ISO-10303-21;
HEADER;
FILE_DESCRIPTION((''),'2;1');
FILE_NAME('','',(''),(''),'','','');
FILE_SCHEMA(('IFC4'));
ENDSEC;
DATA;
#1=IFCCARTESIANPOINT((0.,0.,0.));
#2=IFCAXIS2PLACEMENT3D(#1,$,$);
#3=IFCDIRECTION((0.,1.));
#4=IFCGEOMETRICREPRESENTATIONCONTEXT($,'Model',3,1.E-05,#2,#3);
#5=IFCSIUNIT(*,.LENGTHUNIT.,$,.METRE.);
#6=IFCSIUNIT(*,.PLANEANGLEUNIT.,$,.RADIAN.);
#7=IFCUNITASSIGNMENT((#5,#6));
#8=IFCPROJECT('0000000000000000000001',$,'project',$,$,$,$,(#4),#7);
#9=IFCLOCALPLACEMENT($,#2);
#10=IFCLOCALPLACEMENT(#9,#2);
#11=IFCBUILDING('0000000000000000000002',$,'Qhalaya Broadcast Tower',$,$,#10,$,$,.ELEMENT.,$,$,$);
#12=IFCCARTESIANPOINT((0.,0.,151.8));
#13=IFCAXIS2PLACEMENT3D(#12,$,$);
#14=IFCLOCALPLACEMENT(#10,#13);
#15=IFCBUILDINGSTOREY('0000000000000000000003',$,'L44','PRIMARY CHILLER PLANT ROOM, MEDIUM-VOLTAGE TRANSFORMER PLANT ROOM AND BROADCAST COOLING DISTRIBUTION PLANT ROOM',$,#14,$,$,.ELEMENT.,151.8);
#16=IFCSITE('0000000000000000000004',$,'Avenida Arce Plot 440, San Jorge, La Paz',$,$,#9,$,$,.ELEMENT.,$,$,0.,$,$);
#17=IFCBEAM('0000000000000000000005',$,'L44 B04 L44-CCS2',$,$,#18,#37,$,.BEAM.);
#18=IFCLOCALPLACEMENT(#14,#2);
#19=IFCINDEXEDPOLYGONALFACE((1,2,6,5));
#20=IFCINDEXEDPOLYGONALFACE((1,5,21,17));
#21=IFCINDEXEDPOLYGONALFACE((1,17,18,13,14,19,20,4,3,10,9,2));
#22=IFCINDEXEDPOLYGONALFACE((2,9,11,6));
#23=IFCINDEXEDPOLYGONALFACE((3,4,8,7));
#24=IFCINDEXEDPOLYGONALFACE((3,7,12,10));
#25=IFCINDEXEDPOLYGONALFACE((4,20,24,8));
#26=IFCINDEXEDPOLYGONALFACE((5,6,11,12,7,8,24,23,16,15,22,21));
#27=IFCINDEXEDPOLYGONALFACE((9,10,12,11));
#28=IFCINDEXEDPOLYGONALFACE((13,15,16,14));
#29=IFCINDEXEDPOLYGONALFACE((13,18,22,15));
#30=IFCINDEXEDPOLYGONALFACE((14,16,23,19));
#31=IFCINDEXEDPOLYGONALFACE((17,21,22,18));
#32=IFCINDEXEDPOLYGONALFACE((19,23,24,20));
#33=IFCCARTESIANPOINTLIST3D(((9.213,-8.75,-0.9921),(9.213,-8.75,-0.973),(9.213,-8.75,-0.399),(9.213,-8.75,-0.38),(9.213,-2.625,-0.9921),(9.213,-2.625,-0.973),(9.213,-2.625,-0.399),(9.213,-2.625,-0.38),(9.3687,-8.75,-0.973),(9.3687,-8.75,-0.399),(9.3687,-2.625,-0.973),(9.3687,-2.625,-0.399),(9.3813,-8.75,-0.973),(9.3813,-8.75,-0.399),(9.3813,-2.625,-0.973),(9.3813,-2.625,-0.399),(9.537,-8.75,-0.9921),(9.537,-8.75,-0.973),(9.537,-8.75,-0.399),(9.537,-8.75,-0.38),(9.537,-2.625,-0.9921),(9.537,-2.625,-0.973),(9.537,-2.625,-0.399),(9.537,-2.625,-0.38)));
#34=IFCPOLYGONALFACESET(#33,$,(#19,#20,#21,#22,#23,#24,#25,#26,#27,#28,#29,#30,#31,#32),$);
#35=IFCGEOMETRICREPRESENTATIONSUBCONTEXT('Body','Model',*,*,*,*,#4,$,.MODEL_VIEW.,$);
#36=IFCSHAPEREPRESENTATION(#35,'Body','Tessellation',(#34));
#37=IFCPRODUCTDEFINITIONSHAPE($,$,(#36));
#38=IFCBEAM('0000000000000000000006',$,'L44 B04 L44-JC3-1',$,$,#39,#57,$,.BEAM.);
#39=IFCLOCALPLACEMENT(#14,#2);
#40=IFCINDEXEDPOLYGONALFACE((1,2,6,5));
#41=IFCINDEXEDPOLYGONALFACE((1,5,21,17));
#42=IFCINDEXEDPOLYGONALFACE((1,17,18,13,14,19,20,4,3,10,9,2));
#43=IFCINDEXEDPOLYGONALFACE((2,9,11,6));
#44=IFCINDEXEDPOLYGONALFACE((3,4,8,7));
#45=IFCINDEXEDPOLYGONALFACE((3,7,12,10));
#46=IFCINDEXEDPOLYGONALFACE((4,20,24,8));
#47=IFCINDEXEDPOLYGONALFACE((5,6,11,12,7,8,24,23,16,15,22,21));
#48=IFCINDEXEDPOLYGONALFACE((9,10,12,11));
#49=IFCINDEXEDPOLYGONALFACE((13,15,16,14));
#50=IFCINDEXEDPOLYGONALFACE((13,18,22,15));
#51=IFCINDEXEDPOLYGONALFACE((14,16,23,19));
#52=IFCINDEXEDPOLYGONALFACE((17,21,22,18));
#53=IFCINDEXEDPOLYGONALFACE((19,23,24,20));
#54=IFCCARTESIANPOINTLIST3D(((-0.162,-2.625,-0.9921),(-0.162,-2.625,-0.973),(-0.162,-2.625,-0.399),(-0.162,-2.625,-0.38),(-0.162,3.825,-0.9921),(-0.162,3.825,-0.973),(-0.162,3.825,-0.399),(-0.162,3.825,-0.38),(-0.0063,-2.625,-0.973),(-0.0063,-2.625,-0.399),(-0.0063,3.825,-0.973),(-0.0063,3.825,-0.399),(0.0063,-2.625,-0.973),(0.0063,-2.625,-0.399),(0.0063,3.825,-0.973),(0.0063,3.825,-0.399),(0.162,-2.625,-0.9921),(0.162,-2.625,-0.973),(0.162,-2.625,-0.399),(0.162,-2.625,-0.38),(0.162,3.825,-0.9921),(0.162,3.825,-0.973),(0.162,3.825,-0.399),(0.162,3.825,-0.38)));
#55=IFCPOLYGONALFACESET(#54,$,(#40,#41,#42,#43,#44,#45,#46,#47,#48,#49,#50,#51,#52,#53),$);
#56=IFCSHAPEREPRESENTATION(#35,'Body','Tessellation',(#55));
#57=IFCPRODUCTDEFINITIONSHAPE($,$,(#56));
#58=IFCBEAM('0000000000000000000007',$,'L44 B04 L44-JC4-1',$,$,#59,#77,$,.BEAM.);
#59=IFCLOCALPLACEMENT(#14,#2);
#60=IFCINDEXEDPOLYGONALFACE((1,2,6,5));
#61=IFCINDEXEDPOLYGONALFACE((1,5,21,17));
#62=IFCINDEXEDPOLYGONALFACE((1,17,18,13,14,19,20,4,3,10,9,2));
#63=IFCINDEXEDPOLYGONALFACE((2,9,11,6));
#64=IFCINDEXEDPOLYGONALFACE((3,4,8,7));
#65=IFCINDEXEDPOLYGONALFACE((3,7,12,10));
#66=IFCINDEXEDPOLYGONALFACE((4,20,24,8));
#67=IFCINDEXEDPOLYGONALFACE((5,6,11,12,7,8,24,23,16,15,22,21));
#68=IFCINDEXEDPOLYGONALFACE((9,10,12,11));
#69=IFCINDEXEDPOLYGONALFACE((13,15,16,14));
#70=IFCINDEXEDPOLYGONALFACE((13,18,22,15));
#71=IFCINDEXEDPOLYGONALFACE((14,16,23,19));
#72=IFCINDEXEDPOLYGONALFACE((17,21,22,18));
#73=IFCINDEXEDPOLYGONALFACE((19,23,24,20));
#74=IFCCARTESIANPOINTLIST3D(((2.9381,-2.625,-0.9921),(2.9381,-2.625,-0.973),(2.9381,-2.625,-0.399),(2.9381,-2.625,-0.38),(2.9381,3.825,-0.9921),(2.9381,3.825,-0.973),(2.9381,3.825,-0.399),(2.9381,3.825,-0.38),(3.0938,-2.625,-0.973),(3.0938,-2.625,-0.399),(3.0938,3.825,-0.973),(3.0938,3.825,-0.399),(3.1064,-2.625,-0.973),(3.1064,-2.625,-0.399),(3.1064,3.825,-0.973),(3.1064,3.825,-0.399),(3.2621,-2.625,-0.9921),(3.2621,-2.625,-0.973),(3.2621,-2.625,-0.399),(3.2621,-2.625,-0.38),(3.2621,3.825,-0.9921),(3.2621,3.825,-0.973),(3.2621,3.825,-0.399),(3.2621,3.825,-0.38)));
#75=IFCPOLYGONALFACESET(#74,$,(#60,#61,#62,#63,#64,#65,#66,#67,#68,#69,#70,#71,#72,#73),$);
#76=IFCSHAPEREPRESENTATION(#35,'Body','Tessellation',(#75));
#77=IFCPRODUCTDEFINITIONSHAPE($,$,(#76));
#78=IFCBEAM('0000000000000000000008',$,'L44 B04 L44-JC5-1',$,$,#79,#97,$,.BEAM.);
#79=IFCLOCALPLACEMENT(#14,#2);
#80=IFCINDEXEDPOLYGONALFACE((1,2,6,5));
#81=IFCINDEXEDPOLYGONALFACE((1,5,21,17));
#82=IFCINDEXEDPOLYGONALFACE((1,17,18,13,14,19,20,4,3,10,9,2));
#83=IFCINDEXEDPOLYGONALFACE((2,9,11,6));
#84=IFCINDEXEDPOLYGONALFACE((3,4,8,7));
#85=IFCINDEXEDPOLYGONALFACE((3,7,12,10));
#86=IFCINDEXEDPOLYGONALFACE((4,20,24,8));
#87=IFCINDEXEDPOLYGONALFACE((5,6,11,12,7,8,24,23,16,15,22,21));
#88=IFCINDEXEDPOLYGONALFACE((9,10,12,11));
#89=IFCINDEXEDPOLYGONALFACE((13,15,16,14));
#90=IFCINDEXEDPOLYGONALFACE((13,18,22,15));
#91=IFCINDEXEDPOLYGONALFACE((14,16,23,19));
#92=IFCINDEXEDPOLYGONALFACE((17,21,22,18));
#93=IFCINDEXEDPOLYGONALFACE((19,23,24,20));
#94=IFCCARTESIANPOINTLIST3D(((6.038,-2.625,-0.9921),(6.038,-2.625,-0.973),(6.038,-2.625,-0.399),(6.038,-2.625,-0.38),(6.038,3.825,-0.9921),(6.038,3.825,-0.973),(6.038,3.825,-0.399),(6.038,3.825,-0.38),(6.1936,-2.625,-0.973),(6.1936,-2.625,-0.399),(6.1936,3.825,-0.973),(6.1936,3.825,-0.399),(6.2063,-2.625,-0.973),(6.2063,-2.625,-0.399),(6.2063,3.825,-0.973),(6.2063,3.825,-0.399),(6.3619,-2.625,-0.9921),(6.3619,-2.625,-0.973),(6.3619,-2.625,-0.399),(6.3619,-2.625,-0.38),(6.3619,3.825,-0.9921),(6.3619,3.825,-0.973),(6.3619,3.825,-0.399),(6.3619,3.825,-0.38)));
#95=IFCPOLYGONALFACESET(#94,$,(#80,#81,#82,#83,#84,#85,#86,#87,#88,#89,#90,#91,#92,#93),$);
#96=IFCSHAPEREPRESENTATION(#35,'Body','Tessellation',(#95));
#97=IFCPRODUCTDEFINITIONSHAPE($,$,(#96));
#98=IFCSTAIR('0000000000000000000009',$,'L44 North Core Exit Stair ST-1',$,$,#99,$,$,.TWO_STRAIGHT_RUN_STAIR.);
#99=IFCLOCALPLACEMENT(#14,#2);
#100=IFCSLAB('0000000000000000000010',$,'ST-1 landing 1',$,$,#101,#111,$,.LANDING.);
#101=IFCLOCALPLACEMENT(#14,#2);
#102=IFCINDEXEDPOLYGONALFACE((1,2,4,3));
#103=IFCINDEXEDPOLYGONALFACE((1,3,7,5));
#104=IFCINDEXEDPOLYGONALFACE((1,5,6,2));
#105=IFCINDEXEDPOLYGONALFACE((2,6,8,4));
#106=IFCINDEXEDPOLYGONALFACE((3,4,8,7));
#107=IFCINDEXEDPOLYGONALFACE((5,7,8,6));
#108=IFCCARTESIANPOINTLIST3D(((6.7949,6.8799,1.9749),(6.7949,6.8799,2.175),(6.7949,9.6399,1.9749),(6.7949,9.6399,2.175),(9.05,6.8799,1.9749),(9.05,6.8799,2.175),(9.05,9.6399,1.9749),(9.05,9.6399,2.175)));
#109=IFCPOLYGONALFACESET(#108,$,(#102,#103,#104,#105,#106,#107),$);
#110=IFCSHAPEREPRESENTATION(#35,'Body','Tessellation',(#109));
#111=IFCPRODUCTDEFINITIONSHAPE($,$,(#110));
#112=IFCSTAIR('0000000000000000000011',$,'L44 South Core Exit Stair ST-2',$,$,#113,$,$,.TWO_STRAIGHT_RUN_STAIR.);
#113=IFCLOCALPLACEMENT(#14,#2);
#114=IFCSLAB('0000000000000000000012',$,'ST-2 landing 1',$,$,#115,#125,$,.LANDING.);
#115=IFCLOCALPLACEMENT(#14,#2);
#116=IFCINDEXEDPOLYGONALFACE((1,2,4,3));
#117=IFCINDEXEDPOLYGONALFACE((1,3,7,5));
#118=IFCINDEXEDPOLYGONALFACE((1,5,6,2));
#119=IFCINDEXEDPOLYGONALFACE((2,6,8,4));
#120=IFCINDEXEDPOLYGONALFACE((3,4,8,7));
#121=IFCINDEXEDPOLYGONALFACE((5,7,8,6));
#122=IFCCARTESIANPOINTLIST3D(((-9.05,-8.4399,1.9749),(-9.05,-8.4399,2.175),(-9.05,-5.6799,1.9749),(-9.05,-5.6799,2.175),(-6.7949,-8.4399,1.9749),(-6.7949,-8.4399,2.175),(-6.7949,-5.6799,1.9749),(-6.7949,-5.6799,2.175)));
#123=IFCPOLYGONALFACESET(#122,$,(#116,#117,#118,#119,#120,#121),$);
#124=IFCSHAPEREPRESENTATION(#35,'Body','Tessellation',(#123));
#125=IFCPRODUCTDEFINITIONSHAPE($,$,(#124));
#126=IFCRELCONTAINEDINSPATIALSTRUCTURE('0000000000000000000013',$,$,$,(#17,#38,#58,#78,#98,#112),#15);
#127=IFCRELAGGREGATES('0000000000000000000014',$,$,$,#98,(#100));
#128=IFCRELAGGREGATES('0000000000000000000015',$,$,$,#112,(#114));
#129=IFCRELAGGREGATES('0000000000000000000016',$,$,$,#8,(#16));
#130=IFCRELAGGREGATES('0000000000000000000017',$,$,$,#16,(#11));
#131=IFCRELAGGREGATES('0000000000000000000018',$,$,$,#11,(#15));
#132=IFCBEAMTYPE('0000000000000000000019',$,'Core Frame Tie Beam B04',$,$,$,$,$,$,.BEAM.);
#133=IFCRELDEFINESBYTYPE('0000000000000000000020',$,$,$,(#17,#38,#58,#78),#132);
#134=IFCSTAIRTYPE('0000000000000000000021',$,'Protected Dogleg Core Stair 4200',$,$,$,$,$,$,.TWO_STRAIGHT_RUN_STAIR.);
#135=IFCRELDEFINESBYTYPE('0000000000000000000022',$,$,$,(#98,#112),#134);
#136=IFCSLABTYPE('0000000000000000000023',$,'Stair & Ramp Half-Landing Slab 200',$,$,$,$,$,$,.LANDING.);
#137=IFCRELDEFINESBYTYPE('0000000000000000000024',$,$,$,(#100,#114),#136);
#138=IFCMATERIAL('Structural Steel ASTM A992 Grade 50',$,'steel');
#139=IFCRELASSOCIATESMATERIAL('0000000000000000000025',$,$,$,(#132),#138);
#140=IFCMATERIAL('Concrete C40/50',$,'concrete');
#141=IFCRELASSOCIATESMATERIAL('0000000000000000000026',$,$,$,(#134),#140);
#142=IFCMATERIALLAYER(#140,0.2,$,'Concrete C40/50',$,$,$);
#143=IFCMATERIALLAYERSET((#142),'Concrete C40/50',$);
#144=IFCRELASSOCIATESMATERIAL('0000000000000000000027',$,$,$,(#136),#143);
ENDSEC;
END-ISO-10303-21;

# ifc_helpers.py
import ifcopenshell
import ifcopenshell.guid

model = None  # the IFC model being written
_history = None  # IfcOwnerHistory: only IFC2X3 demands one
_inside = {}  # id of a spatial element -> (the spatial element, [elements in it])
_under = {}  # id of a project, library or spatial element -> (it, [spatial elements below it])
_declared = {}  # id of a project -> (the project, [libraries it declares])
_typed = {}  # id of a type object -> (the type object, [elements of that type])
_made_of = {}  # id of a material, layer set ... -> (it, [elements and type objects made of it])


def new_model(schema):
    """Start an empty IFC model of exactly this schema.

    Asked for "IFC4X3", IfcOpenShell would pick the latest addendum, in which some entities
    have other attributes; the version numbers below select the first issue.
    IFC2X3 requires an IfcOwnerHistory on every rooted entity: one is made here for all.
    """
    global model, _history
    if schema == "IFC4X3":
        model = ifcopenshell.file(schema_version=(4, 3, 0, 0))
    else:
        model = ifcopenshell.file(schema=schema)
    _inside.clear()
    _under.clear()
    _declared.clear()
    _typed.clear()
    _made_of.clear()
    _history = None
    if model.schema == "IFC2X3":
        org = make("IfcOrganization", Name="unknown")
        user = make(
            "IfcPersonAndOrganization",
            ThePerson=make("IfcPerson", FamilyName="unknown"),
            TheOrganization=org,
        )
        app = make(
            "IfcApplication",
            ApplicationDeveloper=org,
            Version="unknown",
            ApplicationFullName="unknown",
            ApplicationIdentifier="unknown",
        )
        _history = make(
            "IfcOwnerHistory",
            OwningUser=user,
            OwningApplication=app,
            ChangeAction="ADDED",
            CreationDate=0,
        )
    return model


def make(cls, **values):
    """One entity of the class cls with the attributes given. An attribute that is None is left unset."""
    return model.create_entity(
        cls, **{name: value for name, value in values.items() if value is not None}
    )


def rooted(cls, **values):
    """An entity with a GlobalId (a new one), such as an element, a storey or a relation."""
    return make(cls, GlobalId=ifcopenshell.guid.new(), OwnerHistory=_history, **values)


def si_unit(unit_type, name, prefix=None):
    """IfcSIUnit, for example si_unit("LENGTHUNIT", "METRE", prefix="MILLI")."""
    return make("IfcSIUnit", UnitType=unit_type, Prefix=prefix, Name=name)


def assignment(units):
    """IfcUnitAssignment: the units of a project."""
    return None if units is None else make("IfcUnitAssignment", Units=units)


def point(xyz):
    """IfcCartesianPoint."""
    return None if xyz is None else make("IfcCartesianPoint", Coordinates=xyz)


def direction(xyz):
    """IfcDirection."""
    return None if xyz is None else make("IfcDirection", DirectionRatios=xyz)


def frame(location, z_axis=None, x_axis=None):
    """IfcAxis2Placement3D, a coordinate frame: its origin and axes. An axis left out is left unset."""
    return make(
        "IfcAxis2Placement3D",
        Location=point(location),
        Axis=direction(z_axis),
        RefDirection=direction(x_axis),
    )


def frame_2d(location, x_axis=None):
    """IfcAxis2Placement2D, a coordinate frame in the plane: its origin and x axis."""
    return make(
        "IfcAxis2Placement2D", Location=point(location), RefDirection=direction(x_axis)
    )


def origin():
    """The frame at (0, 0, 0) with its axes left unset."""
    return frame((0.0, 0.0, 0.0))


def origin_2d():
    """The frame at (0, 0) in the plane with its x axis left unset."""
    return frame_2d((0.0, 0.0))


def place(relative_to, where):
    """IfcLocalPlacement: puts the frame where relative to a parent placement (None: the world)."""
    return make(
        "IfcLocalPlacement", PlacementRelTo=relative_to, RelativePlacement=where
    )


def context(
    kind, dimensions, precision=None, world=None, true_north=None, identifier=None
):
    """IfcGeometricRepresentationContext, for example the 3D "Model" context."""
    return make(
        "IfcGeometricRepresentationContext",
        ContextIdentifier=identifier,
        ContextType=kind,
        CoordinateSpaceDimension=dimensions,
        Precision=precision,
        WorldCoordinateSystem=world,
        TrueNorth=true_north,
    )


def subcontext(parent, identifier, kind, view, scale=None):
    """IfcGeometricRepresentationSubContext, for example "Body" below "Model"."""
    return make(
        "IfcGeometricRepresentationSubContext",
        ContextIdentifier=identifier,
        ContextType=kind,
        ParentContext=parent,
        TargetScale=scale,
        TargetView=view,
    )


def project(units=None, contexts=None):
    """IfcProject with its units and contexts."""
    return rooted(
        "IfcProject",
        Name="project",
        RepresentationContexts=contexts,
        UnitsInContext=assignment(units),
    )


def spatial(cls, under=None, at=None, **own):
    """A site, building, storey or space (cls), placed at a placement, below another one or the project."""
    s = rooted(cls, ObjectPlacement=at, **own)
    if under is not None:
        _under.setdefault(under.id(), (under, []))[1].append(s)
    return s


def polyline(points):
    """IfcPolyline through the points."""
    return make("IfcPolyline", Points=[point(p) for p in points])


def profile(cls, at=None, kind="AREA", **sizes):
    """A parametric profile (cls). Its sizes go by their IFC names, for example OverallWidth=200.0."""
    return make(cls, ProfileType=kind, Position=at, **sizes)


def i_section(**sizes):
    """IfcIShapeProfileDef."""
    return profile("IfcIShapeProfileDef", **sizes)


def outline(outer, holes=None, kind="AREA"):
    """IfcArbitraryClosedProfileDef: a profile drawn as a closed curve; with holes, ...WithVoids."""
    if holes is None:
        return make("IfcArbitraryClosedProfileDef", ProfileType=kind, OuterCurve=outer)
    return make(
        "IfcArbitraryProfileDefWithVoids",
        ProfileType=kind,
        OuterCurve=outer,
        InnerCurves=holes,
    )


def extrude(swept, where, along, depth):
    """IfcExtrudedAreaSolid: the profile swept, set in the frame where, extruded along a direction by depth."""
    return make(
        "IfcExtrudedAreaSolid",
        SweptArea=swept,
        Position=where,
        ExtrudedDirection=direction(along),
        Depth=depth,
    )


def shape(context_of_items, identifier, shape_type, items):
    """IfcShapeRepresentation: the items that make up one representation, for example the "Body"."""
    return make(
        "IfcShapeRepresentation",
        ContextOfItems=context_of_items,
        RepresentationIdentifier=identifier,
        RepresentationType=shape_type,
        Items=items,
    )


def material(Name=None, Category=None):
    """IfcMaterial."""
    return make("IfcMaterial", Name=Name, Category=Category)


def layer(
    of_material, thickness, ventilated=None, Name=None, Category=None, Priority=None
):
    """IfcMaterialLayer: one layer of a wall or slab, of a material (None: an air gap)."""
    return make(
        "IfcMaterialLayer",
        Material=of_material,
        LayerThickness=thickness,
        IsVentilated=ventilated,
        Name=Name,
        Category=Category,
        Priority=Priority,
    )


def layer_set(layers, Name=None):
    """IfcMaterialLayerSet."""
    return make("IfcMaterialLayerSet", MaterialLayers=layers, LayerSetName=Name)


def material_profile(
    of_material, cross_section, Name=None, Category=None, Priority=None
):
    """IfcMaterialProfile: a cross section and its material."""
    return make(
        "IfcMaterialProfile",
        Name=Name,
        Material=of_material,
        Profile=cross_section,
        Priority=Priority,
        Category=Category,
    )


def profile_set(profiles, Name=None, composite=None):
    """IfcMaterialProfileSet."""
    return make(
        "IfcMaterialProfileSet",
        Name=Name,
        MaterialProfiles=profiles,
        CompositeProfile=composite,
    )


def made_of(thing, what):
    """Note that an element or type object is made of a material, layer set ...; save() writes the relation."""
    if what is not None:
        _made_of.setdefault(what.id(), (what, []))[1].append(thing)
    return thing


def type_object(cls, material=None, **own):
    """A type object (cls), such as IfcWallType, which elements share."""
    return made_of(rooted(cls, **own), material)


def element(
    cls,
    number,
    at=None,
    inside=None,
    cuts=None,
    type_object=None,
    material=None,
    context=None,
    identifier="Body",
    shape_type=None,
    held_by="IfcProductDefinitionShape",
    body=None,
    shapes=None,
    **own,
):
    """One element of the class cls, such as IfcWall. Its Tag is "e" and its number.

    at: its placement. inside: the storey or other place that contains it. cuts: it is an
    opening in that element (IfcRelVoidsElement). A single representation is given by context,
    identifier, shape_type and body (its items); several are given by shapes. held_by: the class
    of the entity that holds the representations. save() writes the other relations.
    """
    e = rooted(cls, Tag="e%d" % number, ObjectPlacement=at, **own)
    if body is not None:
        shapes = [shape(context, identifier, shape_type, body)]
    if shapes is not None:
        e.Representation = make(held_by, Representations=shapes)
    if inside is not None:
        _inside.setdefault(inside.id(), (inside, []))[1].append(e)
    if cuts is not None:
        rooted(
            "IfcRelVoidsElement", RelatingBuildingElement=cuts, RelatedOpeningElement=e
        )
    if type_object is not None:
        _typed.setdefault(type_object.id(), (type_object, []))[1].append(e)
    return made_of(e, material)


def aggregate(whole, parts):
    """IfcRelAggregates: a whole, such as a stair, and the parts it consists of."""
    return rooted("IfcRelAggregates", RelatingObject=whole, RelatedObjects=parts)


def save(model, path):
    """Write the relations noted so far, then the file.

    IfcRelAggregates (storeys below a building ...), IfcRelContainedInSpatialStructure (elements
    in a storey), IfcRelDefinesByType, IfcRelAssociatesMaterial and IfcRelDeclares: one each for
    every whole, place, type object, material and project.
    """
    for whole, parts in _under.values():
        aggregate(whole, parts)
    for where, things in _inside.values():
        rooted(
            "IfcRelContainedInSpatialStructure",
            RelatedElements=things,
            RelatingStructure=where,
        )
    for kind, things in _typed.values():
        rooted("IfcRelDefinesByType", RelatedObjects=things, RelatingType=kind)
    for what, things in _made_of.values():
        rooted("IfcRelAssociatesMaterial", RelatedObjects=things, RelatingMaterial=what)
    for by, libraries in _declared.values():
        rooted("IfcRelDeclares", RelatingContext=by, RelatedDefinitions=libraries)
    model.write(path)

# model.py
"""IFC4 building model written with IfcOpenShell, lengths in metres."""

from ifc_helpers import new_model, si_unit, direction, frame, origin, origin_2d, place, context, subcontext, project, spatial, polyline, i_section, outline, extrude, material, layer, layer_set, material_profile, profile_set, type_object, element, aggregate, save


model = new_model("IFC4")

# Units and contexts
model_context = context("Model", 3, precision=1e-05, world=origin(), true_north=direction((0.0, 1.0)))
body_context = subcontext(model_context, "Body", "Model", "MODEL_VIEW")
ifc_project = project(units=[si_unit("LENGTHUNIT", "METRE"), si_unit("PLANEANGLEUNIT", "RADIAN")], contexts=[model_context])

# Site, building, storey
site_placement = place(None, origin())
site = spatial("IfcSite", under=ifc_project, at=site_placement, Name="Avenida Arce Plot 440, San Jorge, La Paz", CompositionType="ELEMENT", RefElevation=0.0)
building_placement = place(site_placement, origin())
building = spatial("IfcBuilding", under=site, at=building_placement, Name="Qhalaya Broadcast Tower", CompositionType="ELEMENT")
storey_placement = place(building_placement, frame((0.0, 0.0, 151.8)))
storey = spatial("IfcBuildingStorey", under=building, at=storey_placement, Name="L44", Description="PRIMARY CHILLER PLANT ROOM, MEDIUM-VOLTAGE TRANSFORMER PLANT ROOM AND BROADCAST COOLING DISTRIBUTION PLANT ROOM", CompositionType="ELEMENT", Elevation=151.8)

# Beams
ifc_material_1 = material(Name="Structural Steel ASTM A992 Grade 50", Category="steel")
ifc_material_profile = material_profile(ifc_material_1, i_section(OverallWidth=0.324, OverallDepth=0.6121, WebThickness=0.0127, FlangeThickness=0.019, at=origin_2d()), Name="W24X104")
ifc_profile_set = profile_set([ifc_material_profile], Name="Structural Steel ASTM A992 Grade 50")
beam_type = type_object("IfcBeamType", Name="Core Frame Tie Beam B04", PredefinedType="BEAM", material=ifc_profile_set)
beam_placement = place(storey_placement, frame((9.375, -8.75, -0.686), z_axis=(0.0, 1.0, 0.0), x_axis=(-1.0, 0.0, 0.0)))
element("IfcBeam", 1, at=beam_placement, inside=storey, type_object=beam_type, Name="L44 B04 L44-CCS2", PredefinedType="BEAM", context=body_context, shape_type="SweptSolid", body=[
    extrude(i_section(OverallWidth=0.324, OverallDepth=0.6121, WebThickness=0.0127, FlangeThickness=0.019, at=origin_2d()), origin(), (0.0, 0.0, 1.0), 6.125),
])
for number, where, z_axis, x_axis, name in (
    (2, (0.0, -2.625, -0.686), (0.0, 1.0, 0.0), (-1.0, 0.0, 0.0), "L44 B04 L44-JC3-1"),
    (3, (3.1001, -2.625, -0.686), (0.0, 1.0, 0.0), (-1.0, 0.0, 0.0), "L44 B04 L44-JC4-1"),
    (4, (6.2, -2.625, -0.686), (0.0, 1.0, 0.0), (-1.0, 0.0, 0.0), "L44 B04 L44-JC5-1"),
):
    element("IfcBeam", number, at=place(storey_placement, frame(where, z_axis=z_axis, x_axis=x_axis)), inside=storey, type_object=beam_type, Name=name, PredefinedType="BEAM", context=body_context, shape_type="SweptSolid", body=[
        extrude(i_section(OverallWidth=0.324, OverallDepth=0.6121, WebThickness=0.0127, FlangeThickness=0.019, at=origin_2d()), origin(), (0.0, 0.0, 1.0), 6.45),
    ])

# Stairs, slabs
ifc_material_2 = material(Name="Concrete C40/50", Category="concrete")
stair_type = type_object("IfcStairType", Name="Protected Dogleg Core Stair 4200", PredefinedType="TWO_STRAIGHT_RUN_STAIR", material=ifc_material_2)
stair_1_placement = place(storey_placement, origin())
stair_1 = element("IfcStair", 5, at=stair_1_placement, inside=storey, type_object=stair_type, Name="L44 North Core Exit Stair ST-1", PredefinedType="TWO_STRAIGHT_RUN_STAIR")
ifc_layer_1 = layer(ifc_material_2, 0.2, Name="Concrete C40/50")
ifc_layer_set_1 = layer_set([ifc_layer_1], Name="Concrete C40/50")
slab_type_1 = type_object("IfcSlabType", Name="Stair & Ramp Half-Landing Slab 200", PredefinedType="LANDING", material=ifc_layer_set_1)
slab_1_placement = place(storey_placement, frame((0.0, 0.0, 1.9749)))
slab_1 = element("IfcSlab", 6, at=slab_1_placement, type_object=slab_type_1, Name="ST-1 landing 1", PredefinedType="LANDING", context=body_context, shape_type="SweptSolid", body=[
    extrude(outline(polyline([(6.7949, 6.8799), (9.05, 6.8799), (9.05, 9.6399), (6.7949, 9.6399), (6.7949, 6.8799)])), origin(), (0.0, 0.0, 1.0), 0.2002),
])
aggregate(stair_1, [slab_1])
stair_2_placement = place(storey_placement, origin())
stair_2 = element("IfcStair", 7, at=stair_2_placement, inside=storey, type_object=stair_type, Name="L44 South Core Exit Stair ST-2", PredefinedType="TWO_STRAIGHT_RUN_STAIR")
slab_2_placement = place(storey_placement, frame((0.0, 0.0, 1.9749)))
slab_2 = element("IfcSlab", 8, at=slab_2_placement, type_object=slab_type_1, Name="ST-2 landing 1", PredefinedType="LANDING", context=body_context, shape_type="SweptSolid", body=[
    extrude(outline(polyline([(-6.7949, -5.6799), (-9.05, -5.6799), (-9.05, -8.4399), (-6.7949, -8.4399), (-6.7949, -5.6799)])), origin(), (0.0, 0.0, 1.0), 0.2002),
])
aggregate(stair_2, [slab_2])

save(model, "model.ifc")
